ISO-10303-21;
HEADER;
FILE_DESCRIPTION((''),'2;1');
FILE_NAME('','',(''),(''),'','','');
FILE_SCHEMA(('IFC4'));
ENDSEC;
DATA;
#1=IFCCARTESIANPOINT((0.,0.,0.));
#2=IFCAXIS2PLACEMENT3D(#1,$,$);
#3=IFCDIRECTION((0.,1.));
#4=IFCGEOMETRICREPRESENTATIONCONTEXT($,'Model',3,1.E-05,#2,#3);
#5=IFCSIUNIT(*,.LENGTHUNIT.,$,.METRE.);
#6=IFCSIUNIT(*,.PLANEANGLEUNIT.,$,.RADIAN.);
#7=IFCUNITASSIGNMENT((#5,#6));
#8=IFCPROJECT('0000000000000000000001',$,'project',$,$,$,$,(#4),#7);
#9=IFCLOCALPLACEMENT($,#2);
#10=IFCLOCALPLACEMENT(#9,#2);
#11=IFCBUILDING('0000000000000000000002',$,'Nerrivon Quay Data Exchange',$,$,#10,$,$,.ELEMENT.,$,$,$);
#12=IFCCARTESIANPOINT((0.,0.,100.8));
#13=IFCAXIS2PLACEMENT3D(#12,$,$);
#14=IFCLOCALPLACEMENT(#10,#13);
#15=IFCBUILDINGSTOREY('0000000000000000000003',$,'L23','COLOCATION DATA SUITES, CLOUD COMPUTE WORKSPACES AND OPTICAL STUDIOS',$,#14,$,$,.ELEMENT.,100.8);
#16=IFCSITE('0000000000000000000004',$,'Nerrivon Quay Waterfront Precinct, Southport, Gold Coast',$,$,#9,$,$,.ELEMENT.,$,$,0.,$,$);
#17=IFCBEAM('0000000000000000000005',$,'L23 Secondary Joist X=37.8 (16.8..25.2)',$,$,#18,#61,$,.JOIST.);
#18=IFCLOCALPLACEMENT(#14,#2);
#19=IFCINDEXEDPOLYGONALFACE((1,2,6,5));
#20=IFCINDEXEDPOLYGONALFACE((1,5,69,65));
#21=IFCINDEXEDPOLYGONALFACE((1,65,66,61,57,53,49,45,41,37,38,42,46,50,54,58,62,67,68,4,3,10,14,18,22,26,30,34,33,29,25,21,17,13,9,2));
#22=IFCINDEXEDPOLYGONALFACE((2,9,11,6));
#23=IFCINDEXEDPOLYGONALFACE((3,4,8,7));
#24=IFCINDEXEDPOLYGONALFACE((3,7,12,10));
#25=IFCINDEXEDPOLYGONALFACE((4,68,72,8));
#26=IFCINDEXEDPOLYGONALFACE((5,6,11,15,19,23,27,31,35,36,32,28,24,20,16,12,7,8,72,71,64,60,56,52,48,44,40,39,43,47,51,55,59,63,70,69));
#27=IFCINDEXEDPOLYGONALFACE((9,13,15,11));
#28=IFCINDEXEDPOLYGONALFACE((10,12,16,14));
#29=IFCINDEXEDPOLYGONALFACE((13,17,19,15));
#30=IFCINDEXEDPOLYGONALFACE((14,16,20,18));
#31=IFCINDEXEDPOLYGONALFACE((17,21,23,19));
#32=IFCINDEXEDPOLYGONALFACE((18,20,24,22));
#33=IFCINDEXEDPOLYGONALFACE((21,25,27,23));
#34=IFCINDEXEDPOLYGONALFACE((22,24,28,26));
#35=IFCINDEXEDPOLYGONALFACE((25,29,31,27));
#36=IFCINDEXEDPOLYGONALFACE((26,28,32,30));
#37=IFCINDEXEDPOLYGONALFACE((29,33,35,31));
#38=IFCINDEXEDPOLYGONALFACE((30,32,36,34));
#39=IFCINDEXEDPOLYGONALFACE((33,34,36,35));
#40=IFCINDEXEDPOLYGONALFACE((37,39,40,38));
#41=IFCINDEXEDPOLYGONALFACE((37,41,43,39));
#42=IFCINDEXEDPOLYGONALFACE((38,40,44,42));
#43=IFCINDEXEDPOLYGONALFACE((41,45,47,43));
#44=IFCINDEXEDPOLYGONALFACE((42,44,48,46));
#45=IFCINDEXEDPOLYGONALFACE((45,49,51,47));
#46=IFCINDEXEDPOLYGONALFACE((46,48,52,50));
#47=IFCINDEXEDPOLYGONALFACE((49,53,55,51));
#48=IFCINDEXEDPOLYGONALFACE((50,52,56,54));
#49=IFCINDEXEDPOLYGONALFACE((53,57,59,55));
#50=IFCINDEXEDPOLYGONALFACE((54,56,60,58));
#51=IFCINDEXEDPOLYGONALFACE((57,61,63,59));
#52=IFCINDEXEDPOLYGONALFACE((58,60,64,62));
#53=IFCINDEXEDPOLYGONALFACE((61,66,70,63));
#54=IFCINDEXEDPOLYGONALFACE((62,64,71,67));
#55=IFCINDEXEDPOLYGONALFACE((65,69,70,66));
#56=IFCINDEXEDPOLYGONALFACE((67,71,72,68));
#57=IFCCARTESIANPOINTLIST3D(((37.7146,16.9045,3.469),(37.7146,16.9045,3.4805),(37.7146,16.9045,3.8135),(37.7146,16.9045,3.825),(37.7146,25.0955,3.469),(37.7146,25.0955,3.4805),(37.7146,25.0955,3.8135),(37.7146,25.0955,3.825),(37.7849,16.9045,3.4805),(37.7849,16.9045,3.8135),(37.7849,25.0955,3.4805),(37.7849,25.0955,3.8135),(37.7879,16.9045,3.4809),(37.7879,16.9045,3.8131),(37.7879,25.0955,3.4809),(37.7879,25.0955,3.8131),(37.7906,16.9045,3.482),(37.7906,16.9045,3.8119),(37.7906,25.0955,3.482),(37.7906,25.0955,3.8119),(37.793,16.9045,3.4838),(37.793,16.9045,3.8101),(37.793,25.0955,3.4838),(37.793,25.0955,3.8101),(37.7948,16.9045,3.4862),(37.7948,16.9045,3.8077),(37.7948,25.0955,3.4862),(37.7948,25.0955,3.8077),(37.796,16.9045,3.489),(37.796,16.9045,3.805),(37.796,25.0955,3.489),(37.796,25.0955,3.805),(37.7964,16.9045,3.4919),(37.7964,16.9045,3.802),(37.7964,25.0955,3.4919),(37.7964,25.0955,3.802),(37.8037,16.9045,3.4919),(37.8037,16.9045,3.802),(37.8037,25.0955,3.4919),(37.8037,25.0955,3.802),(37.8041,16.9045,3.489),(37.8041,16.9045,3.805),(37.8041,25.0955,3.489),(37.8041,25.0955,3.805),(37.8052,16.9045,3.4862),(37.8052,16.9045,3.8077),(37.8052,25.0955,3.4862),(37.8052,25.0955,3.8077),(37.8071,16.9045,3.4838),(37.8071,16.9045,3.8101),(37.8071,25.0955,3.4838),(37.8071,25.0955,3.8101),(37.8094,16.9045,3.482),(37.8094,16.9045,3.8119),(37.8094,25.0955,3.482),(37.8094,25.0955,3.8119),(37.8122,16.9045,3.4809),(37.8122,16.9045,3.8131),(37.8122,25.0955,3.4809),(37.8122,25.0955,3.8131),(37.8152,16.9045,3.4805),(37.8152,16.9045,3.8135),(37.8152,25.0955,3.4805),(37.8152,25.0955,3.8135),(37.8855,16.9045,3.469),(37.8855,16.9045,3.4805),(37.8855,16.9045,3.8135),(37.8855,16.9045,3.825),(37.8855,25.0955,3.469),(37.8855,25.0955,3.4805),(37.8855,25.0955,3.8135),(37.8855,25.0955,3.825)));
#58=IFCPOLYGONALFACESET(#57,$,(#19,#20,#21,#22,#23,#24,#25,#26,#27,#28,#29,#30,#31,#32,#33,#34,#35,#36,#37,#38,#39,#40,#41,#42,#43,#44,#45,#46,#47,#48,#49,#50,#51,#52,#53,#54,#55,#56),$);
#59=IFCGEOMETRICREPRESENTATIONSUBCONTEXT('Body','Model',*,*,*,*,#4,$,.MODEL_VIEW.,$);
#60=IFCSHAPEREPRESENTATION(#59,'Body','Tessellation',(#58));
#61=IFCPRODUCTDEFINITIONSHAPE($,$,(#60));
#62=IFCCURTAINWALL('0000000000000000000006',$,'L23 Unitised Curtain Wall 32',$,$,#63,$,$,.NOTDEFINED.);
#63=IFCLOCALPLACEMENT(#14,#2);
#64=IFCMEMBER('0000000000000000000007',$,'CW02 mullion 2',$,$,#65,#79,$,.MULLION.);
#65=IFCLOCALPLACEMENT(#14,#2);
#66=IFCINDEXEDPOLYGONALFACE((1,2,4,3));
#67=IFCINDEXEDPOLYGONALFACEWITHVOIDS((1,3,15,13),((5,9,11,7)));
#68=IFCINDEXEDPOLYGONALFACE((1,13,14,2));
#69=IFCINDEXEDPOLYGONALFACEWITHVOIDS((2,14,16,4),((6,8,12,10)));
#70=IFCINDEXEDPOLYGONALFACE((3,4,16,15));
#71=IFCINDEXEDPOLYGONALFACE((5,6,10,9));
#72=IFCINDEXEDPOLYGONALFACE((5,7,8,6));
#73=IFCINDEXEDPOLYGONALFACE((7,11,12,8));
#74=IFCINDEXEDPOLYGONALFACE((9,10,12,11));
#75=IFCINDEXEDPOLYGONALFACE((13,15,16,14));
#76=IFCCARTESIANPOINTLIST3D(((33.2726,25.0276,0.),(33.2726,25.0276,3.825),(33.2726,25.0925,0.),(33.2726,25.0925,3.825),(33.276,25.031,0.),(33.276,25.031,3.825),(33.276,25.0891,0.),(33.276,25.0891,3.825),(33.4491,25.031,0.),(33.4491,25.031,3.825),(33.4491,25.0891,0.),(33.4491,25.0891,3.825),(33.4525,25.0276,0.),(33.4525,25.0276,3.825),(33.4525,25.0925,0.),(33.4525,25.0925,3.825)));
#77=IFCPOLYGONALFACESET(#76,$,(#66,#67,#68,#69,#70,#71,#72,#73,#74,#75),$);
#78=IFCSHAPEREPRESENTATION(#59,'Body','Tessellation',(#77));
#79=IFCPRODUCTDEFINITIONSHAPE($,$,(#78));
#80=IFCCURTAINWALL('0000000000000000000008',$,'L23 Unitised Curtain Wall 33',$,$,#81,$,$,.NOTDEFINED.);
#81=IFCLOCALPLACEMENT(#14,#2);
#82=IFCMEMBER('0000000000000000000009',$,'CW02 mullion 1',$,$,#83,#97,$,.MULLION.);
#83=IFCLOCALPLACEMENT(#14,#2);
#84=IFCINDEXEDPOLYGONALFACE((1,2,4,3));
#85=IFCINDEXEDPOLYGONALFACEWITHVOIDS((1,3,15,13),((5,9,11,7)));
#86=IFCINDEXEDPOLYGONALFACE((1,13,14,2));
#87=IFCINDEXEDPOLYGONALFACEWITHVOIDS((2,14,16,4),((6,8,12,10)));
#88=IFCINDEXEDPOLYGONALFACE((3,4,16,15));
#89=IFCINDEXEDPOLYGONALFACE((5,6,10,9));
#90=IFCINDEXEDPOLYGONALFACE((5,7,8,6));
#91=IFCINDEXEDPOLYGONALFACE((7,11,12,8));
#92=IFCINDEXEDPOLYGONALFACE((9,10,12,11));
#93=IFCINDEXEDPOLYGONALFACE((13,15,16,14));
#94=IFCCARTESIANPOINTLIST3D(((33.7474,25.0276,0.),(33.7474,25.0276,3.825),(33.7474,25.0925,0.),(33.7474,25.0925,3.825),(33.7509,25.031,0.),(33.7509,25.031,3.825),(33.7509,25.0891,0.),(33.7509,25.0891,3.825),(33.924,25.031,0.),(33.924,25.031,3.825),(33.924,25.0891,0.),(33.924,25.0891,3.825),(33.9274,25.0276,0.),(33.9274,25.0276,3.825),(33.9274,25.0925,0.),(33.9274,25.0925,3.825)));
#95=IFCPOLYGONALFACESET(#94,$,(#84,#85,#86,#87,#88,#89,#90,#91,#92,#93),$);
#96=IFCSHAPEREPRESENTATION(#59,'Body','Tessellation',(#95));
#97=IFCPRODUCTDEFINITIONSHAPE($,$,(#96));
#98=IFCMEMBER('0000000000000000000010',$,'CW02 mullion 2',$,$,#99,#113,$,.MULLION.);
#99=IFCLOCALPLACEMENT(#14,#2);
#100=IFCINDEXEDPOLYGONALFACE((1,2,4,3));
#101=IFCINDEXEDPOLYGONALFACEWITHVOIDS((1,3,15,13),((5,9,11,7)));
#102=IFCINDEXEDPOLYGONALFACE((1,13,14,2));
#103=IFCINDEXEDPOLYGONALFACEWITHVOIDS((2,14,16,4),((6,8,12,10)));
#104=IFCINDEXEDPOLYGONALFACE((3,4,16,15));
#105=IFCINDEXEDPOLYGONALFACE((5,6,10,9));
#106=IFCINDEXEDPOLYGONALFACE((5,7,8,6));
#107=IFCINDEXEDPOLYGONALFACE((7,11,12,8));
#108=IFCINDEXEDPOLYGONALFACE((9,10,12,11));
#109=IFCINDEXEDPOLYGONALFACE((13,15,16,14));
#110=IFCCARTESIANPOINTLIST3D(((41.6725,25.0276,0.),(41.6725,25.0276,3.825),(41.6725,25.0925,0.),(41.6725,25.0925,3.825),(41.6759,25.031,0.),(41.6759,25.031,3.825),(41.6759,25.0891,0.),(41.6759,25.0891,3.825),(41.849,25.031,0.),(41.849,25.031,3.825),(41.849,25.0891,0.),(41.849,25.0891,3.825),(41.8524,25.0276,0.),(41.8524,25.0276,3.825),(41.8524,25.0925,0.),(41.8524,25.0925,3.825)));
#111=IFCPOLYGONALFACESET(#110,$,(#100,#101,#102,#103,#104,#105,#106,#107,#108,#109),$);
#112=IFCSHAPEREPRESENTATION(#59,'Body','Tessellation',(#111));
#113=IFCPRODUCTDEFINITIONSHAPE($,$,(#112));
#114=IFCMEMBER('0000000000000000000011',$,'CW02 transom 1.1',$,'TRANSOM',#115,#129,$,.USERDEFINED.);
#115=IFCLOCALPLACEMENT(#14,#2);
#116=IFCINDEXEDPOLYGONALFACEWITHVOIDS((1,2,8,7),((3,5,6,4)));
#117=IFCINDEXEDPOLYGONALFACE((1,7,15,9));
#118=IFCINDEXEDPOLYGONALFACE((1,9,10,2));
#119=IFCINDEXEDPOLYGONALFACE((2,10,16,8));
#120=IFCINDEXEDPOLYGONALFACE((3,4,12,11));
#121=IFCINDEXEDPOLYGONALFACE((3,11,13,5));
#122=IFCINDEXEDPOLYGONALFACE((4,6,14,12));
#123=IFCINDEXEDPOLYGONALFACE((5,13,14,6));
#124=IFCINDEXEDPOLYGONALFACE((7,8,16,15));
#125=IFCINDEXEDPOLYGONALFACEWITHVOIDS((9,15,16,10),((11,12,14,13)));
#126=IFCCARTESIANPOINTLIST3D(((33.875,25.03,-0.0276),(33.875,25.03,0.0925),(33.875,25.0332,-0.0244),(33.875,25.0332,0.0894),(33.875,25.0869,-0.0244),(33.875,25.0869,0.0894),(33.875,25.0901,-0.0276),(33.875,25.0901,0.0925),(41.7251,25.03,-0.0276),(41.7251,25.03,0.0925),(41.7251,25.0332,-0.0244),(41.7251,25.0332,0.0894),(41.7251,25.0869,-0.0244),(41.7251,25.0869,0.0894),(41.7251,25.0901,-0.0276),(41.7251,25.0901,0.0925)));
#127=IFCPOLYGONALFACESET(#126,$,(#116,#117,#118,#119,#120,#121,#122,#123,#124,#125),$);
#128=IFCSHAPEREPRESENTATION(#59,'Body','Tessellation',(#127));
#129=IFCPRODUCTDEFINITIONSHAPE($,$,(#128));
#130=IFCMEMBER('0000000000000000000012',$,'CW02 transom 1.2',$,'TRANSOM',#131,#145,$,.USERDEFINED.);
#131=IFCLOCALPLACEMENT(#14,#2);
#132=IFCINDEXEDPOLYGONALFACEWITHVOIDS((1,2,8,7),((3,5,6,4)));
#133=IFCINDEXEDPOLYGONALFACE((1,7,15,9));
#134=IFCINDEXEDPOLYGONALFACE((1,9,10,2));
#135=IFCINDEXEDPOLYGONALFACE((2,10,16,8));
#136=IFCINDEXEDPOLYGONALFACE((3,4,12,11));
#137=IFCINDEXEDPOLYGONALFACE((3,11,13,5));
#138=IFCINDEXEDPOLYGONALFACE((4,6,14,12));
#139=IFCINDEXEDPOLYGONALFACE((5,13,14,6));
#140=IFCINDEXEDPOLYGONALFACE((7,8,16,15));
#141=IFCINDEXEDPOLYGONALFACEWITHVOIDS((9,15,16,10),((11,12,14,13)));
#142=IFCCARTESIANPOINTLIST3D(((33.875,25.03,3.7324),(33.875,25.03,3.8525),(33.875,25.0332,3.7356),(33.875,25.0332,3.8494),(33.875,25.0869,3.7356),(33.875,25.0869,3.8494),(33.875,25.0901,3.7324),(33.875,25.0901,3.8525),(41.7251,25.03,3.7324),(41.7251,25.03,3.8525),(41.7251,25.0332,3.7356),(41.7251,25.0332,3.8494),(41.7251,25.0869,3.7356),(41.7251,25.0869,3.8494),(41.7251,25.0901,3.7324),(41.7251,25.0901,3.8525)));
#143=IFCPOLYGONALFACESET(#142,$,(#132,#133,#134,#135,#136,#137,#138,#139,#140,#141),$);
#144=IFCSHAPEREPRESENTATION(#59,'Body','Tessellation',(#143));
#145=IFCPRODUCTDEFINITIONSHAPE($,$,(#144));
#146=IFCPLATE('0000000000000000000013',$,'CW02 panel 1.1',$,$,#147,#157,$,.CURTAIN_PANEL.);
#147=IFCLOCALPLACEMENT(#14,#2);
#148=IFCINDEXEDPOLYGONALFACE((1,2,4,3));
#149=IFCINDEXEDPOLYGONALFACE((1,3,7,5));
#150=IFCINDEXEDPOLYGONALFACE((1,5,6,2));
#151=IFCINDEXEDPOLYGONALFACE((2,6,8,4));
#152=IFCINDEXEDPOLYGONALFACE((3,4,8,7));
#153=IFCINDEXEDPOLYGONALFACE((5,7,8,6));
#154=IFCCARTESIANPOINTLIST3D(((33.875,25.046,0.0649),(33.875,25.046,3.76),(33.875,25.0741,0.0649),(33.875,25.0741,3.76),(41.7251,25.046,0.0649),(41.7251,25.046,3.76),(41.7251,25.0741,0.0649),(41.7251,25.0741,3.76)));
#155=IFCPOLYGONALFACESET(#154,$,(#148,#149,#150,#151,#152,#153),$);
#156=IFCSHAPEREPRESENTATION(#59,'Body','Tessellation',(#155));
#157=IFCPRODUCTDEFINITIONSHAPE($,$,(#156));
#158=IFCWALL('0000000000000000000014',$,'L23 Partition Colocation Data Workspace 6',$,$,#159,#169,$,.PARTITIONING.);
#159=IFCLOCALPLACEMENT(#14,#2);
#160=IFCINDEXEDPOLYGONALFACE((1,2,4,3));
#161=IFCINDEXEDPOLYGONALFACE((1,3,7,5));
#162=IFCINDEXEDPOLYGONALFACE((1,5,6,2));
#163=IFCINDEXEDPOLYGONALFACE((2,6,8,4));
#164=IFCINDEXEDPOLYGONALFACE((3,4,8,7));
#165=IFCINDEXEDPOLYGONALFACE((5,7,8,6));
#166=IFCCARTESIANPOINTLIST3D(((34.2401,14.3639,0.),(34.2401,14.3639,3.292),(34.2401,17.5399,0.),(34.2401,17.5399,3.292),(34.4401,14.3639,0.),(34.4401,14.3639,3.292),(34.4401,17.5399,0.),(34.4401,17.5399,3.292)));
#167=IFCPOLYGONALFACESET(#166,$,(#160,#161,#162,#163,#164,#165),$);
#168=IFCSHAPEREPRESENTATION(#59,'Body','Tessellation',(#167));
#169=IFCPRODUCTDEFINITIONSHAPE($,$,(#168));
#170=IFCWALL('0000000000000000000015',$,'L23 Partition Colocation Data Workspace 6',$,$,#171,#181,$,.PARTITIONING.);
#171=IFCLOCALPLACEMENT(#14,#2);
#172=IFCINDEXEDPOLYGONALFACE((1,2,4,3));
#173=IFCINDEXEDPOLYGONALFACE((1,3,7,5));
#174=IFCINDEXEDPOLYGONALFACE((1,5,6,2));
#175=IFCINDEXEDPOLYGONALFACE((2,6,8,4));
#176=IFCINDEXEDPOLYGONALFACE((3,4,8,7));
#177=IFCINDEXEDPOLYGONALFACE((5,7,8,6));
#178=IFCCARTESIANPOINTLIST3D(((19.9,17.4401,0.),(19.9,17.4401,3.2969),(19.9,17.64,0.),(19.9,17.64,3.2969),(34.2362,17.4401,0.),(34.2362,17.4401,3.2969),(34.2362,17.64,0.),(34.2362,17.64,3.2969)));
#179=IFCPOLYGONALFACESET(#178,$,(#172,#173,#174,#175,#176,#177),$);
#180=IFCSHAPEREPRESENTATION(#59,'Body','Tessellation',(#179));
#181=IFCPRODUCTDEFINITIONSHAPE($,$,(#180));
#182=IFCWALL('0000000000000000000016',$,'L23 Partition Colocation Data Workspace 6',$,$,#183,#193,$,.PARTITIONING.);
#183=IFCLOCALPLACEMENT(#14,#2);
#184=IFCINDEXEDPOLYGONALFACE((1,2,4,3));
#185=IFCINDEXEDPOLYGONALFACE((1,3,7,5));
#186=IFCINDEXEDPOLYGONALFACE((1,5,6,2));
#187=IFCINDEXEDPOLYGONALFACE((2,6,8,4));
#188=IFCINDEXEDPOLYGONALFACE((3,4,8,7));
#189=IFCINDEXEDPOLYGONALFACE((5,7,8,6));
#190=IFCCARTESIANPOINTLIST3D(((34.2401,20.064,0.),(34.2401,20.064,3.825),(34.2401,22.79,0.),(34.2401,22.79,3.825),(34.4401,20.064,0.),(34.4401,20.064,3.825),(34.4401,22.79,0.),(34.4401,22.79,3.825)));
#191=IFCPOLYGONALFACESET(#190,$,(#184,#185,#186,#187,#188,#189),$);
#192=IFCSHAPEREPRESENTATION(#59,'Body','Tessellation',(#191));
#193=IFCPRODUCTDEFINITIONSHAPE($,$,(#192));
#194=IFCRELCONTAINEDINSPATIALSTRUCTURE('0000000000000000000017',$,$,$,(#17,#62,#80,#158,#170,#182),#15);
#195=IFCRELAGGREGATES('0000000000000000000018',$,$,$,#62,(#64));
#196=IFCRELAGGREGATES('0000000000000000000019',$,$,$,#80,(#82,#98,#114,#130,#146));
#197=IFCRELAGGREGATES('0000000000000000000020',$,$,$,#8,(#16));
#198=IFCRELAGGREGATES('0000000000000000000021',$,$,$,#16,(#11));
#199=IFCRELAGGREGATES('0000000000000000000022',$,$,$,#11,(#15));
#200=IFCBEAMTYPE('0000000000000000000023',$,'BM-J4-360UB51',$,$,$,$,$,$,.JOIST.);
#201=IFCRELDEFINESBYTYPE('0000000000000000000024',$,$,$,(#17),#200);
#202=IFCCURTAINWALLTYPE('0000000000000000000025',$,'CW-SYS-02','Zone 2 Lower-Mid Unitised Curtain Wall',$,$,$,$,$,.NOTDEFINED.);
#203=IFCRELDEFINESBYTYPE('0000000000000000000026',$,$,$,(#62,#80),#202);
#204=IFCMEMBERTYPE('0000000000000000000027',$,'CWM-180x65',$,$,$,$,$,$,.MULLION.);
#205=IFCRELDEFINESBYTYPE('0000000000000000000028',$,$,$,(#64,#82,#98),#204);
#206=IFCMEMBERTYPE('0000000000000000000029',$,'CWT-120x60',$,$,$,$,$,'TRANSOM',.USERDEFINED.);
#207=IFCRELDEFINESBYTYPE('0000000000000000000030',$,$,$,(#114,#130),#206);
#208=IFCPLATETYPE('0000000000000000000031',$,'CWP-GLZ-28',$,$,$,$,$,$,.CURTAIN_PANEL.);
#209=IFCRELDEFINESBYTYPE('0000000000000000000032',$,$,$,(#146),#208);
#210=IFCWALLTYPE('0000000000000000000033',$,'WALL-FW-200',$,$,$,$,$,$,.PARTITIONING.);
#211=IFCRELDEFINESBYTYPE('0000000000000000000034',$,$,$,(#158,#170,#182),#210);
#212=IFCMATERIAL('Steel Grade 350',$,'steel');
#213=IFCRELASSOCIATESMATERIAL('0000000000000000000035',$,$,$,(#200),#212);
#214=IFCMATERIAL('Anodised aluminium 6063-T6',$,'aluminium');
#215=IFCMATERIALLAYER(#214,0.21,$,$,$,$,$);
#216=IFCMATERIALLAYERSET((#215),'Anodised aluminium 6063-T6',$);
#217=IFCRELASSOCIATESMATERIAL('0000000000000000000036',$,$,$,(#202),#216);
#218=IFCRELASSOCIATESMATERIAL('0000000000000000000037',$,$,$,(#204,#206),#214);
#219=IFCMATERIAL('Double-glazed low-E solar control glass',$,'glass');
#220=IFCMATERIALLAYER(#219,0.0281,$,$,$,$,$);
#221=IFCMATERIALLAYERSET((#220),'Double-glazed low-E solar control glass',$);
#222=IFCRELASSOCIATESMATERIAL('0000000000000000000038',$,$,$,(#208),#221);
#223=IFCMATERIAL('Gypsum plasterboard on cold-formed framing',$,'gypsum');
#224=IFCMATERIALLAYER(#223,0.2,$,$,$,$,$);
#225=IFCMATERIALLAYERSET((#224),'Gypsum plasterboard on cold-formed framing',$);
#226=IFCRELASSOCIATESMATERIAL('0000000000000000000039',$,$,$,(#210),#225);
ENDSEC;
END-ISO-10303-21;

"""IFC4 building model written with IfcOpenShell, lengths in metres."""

from ifc_helpers import new_model, si_unit, direction, frame, frame_2d, origin, origin_2d, place, context, subcontext, project, spatial, rectangle, hollow_rectangle, i_section, extrude, material, layer, layer_set, material_profile, profile_set, type_object, element, aggregate, save


model = new_model("IFC4")

# Units and contexts
model_context = context("Model", 3, precision=1e-05, world=origin(), true_north=direction((0.0, 1.0)))
body_context = subcontext(model_context, "Body", "Model", "MODEL_VIEW")
ifc_project = project(units=[si_unit("LENGTHUNIT", "METRE"), si_unit("PLANEANGLEUNIT", "RADIAN")], contexts=[model_context])

# Site, building, storey
site_placement = place(None, origin())
site = spatial("IfcSite", under=ifc_project, at=site_placement, Name="Nerrivon Quay Waterfront Precinct, Southport, Gold Coast", CompositionType="ELEMENT", RefElevation=0.0)
building_placement = place(site_placement, origin())
building = spatial("IfcBuilding", under=site, at=building_placement, Name="Nerrivon Quay Data Exchange", CompositionType="ELEMENT")
storey_placement = place(building_placement, frame((0.0, 0.0, 100.8)))
storey = spatial("IfcBuildingStorey", under=building, at=storey_placement, Name="L23", Description="COLOCATION DATA SUITES, CLOUD COMPUTE WORKSPACES AND OPTICAL STUDIOS", CompositionType="ELEMENT", Elevation=100.8)

# Shared definitions
ifc_material_1 = material(Name="Steel Grade 350", Category="steel")

# Beam
ifc_material_profile_1 = material_profile(ifc_material_1, i_section(OverallWidth=0.1709, OverallDepth=0.356, WebThickness=0.0073, FlangeThickness=0.0115, FilletRadius=0.0115, at=origin_2d()), Name="360UB50.7")
ifc_profile_set_1 = profile_set([ifc_material_profile_1], Name="Steel Grade 350")
beam_type_1 = type_object("IfcBeamType", Name="BM-J4-360UB51", PredefinedType="JOIST", material=ifc_profile_set_1)
beam_1_placement = place(storey_placement, frame((37.8, 16.9045, 3.647), z_axis=(0.0, 1.0, 0.0), x_axis=(-1.0, 0.0, 0.0)))
element("IfcBeam", 1, at=beam_1_placement, inside=storey, type_object=beam_type_1, Name="L23 Secondary Joist X=37.8 (16.8..25.2)", PredefinedType="JOIST", context=body_context, shape_type="SweptSolid", body=[
    extrude(i_section(OverallWidth=0.1709, OverallDepth=0.356, WebThickness=0.0073, FlangeThickness=0.0115, FilletRadius=0.0115, at=origin_2d()), origin(), (0.0, 0.0, 1.0), 8.1909),
])

# Curtain wall, member
ifc_material_2 = material(Name="Anodised aluminium 6063-T6", Category="aluminium")
ifc_layer_1 = layer(ifc_material_2, 0.21)
ifc_layer_set_1 = layer_set([ifc_layer_1], Name="Anodised aluminium 6063-T6")
curtain_wall_type = type_object("IfcCurtainWallType", Name="CW-SYS-02", Description="Zone 2 Lower-Mid Unitised Curtain Wall", PredefinedType="NOTDEFINED", material=ifc_layer_set_1)
curtain_wall_1_placement = place(storey_placement, origin())
curtain_wall_1 = element("IfcCurtainWall", 2, at=curtain_wall_1_placement, inside=storey, type_object=curtain_wall_type, Name="L23 Unitised Curtain Wall 32", PredefinedType="NOTDEFINED")
ifc_material_profile_2 = material_profile(ifc_material_2, hollow_rectangle(XDim=0.0649, YDim=0.1799, WallThickness=0.0034, at=origin_2d()), Name="ALU-MULL-180x65")
ifc_profile_set_2 = profile_set([ifc_material_profile_2], Name="Anodised aluminium 6063-T6")
member_type_1 = type_object("IfcMemberType", Name="CWM-180x65", PredefinedType="MULLION", material=ifc_profile_set_2)
member_1_placement = place(storey_placement, frame((33.3625, 25.0601, 0.0), z_axis=(0.0, 0.0, 1.0), x_axis=(0.0, 1.0, 0.0)))
member_1 = element("IfcMember", 3, at=member_1_placement, type_object=member_type_1, Name="CW02 mullion 2", PredefinedType="MULLION", context=body_context, shape_type="SweptSolid", body=[
    extrude(hollow_rectangle(XDim=0.0649, YDim=0.1799, WallThickness=0.0034, at=origin_2d()), origin(), (0.0, 0.0, 1.0), 3.825),
])
aggregate(curtain_wall_1, [member_1])

# Curtain wall, members, plate
curtain_wall_2_placement = place(storey_placement, origin())
curtain_wall_2 = element("IfcCurtainWall", 4, at=curtain_wall_2_placement, inside=storey, type_object=curtain_wall_type, Name="L23 Unitised Curtain Wall 33", PredefinedType="NOTDEFINED")
member_2_placement = place(storey_placement, frame((33.8374, 25.0601, 0.0), z_axis=(0.0, 0.0, 1.0), x_axis=(0.0, 1.0, 0.0)))
member_2 = element("IfcMember", 5, at=member_2_placement, type_object=member_type_1, Name="CW02 mullion 1", PredefinedType="MULLION", context=body_context, shape_type="SweptSolid", body=[
    extrude(hollow_rectangle(XDim=0.0649, YDim=0.1799, WallThickness=0.0034, at=origin_2d()), origin(), (0.0, 0.0, 1.0), 3.825),
])
member_3_placement = place(storey_placement, frame((41.7625, 25.0601, 0.0), z_axis=(0.0, 0.0, 1.0), x_axis=(0.0, 1.0, 0.0)))
member_3 = element("IfcMember", 6, at=member_3_placement, type_object=member_type_1, Name="CW02 mullion 2", PredefinedType="MULLION", context=body_context, shape_type="SweptSolid", body=[
    extrude(hollow_rectangle(XDim=0.0649, YDim=0.1799, WallThickness=0.0034, at=origin_2d()), origin(), (0.0, 0.0, 1.0), 3.825),
])
ifc_material_profile_3 = material_profile(ifc_material_2, hollow_rectangle(XDim=0.0601, YDim=0.1201, WallThickness=0.0032, at=origin_2d()), Name="ALU-TRAN-120x60")
ifc_profile_set_3 = profile_set([ifc_material_profile_3], Name="Anodised aluminium 6063-T6")
member_type_2 = type_object("IfcMemberType", Name="CWT-120x60", ElementType="TRANSOM", PredefinedType="USERDEFINED", material=ifc_profile_set_3)
member_4_placement = place(storey_placement, frame((33.875, 25.0601, 0.0325), z_axis=(1.0, 0.0, 0.0), x_axis=(0.0, 1.0, 0.0)))
member_4 = element("IfcMember", 7, at=member_4_placement, type_object=member_type_2, Name="CW02 transom 1.1", ObjectType="TRANSOM", PredefinedType="USERDEFINED", context=body_context, shape_type="SweptSolid", body=[
    extrude(hollow_rectangle(XDim=0.0601, YDim=0.1201, WallThickness=0.0032, at=origin_2d()), origin(), (0.0, 0.0, 1.0), 7.8501),
])
member_5_placement = place(storey_placement, frame((33.875, 25.0601, 3.7925), z_axis=(1.0, 0.0, 0.0), x_axis=(0.0, 1.0, 0.0)))
member_5 = element("IfcMember", 8, at=member_5_placement, type_object=member_type_2, Name="CW02 transom 1.2", ObjectType="TRANSOM", PredefinedType="USERDEFINED", context=body_context, shape_type="SweptSolid", body=[
    extrude(hollow_rectangle(XDim=0.0601, YDim=0.1201, WallThickness=0.0032, at=origin_2d()), origin(), (0.0, 0.0, 1.0), 7.8501),
])
ifc_material_3 = material(Name="Double-glazed low-E solar control glass", Category="glass")
ifc_layer_2 = layer(ifc_material_3, 0.0281)
ifc_layer_set_2 = layer_set([ifc_layer_2], Name="Double-glazed low-E solar control glass")
plate_type = type_object("IfcPlateType", Name="CWP-GLZ-28", PredefinedType="CURTAIN_PANEL", material=ifc_layer_set_2)
plate_placement = place(storey_placement, frame((37.8, 25.0601, 0.0649), z_axis=(0.0, 0.0, 1.0), x_axis=(1.0, 0.0, 0.0)))
plate = element("IfcPlate", 9, at=plate_placement, type_object=plate_type, Name="CW02 panel 1.1", PredefinedType="CURTAIN_PANEL", context=body_context, shape_type="SweptSolid", body=[
    extrude(rectangle(XDim=7.8501, YDim=0.0281, at=origin_2d()), origin(), (0.0, 0.0, 1.0), 3.6951),
])
aggregate(curtain_wall_2, [member_2, member_3, member_4, member_5, plate])

# Walls
ifc_material_4 = material(Name="Gypsum plasterboard on cold-formed framing", Category="gypsum")
ifc_layer_3 = layer(ifc_material_4, 0.2)
ifc_layer_set_3 = layer_set([ifc_layer_3], Name="Gypsum plasterboard on cold-formed framing")
wall_type = type_object("IfcWallType", Name="WALL-FW-200", PredefinedType="PARTITIONING", material=ifc_layer_set_3)
wall_1_placement = place(storey_placement, frame((34.3401, 14.364, 0.0), z_axis=(0.0, 0.0, 1.0), x_axis=(0.0, 1.0, 0.0)))
element("IfcWall", 10, at=wall_1_placement, inside=storey, type_object=wall_type, Name="L23 Partition Colocation Data Workspace 6", PredefinedType="PARTITIONING", context=body_context, shape_type="SweptSolid", body=[
    extrude(rectangle(XDim=3.176, YDim=0.2, at=frame_2d((1.5879, 0.0))), origin(), (0.0, 0.0, 1.0), 3.292),
])
wall_2_placement = place(storey_placement, frame((34.2361, 17.54, 0.0), z_axis=(0.0, 0.0, 1.0), x_axis=(-1.0, 0.0, 0.0)))
element("IfcWall", 11, at=wall_2_placement, inside=storey, type_object=wall_type, Name="L23 Partition Colocation Data Workspace 6", PredefinedType="PARTITIONING", context=body_context, shape_type="SweptSolid", body=[
    extrude(rectangle(XDim=14.3362, YDim=0.2, at=frame_2d((7.168, 0.0))), origin(), (0.0, 0.0, 1.0), 3.2969),
])
wall_3_placement = place(storey_placement, frame((34.3401, 20.064, 0.0), z_axis=(0.0, 0.0, 1.0), x_axis=(0.0, 1.0, 0.0)))
element("IfcWall", 12, at=wall_3_placement, inside=storey, type_object=wall_type, Name="L23 Partition Colocation Data Workspace 6", PredefinedType="PARTITIONING", context=body_context, shape_type="SweptSolid", body=[
    extrude(rectangle(XDim=2.7261, YDim=0.2, at=frame_2d((1.363, 0.0))), origin(), (0.0, 0.0, 1.0), 3.825),
])

save(model, "model.ifc")
